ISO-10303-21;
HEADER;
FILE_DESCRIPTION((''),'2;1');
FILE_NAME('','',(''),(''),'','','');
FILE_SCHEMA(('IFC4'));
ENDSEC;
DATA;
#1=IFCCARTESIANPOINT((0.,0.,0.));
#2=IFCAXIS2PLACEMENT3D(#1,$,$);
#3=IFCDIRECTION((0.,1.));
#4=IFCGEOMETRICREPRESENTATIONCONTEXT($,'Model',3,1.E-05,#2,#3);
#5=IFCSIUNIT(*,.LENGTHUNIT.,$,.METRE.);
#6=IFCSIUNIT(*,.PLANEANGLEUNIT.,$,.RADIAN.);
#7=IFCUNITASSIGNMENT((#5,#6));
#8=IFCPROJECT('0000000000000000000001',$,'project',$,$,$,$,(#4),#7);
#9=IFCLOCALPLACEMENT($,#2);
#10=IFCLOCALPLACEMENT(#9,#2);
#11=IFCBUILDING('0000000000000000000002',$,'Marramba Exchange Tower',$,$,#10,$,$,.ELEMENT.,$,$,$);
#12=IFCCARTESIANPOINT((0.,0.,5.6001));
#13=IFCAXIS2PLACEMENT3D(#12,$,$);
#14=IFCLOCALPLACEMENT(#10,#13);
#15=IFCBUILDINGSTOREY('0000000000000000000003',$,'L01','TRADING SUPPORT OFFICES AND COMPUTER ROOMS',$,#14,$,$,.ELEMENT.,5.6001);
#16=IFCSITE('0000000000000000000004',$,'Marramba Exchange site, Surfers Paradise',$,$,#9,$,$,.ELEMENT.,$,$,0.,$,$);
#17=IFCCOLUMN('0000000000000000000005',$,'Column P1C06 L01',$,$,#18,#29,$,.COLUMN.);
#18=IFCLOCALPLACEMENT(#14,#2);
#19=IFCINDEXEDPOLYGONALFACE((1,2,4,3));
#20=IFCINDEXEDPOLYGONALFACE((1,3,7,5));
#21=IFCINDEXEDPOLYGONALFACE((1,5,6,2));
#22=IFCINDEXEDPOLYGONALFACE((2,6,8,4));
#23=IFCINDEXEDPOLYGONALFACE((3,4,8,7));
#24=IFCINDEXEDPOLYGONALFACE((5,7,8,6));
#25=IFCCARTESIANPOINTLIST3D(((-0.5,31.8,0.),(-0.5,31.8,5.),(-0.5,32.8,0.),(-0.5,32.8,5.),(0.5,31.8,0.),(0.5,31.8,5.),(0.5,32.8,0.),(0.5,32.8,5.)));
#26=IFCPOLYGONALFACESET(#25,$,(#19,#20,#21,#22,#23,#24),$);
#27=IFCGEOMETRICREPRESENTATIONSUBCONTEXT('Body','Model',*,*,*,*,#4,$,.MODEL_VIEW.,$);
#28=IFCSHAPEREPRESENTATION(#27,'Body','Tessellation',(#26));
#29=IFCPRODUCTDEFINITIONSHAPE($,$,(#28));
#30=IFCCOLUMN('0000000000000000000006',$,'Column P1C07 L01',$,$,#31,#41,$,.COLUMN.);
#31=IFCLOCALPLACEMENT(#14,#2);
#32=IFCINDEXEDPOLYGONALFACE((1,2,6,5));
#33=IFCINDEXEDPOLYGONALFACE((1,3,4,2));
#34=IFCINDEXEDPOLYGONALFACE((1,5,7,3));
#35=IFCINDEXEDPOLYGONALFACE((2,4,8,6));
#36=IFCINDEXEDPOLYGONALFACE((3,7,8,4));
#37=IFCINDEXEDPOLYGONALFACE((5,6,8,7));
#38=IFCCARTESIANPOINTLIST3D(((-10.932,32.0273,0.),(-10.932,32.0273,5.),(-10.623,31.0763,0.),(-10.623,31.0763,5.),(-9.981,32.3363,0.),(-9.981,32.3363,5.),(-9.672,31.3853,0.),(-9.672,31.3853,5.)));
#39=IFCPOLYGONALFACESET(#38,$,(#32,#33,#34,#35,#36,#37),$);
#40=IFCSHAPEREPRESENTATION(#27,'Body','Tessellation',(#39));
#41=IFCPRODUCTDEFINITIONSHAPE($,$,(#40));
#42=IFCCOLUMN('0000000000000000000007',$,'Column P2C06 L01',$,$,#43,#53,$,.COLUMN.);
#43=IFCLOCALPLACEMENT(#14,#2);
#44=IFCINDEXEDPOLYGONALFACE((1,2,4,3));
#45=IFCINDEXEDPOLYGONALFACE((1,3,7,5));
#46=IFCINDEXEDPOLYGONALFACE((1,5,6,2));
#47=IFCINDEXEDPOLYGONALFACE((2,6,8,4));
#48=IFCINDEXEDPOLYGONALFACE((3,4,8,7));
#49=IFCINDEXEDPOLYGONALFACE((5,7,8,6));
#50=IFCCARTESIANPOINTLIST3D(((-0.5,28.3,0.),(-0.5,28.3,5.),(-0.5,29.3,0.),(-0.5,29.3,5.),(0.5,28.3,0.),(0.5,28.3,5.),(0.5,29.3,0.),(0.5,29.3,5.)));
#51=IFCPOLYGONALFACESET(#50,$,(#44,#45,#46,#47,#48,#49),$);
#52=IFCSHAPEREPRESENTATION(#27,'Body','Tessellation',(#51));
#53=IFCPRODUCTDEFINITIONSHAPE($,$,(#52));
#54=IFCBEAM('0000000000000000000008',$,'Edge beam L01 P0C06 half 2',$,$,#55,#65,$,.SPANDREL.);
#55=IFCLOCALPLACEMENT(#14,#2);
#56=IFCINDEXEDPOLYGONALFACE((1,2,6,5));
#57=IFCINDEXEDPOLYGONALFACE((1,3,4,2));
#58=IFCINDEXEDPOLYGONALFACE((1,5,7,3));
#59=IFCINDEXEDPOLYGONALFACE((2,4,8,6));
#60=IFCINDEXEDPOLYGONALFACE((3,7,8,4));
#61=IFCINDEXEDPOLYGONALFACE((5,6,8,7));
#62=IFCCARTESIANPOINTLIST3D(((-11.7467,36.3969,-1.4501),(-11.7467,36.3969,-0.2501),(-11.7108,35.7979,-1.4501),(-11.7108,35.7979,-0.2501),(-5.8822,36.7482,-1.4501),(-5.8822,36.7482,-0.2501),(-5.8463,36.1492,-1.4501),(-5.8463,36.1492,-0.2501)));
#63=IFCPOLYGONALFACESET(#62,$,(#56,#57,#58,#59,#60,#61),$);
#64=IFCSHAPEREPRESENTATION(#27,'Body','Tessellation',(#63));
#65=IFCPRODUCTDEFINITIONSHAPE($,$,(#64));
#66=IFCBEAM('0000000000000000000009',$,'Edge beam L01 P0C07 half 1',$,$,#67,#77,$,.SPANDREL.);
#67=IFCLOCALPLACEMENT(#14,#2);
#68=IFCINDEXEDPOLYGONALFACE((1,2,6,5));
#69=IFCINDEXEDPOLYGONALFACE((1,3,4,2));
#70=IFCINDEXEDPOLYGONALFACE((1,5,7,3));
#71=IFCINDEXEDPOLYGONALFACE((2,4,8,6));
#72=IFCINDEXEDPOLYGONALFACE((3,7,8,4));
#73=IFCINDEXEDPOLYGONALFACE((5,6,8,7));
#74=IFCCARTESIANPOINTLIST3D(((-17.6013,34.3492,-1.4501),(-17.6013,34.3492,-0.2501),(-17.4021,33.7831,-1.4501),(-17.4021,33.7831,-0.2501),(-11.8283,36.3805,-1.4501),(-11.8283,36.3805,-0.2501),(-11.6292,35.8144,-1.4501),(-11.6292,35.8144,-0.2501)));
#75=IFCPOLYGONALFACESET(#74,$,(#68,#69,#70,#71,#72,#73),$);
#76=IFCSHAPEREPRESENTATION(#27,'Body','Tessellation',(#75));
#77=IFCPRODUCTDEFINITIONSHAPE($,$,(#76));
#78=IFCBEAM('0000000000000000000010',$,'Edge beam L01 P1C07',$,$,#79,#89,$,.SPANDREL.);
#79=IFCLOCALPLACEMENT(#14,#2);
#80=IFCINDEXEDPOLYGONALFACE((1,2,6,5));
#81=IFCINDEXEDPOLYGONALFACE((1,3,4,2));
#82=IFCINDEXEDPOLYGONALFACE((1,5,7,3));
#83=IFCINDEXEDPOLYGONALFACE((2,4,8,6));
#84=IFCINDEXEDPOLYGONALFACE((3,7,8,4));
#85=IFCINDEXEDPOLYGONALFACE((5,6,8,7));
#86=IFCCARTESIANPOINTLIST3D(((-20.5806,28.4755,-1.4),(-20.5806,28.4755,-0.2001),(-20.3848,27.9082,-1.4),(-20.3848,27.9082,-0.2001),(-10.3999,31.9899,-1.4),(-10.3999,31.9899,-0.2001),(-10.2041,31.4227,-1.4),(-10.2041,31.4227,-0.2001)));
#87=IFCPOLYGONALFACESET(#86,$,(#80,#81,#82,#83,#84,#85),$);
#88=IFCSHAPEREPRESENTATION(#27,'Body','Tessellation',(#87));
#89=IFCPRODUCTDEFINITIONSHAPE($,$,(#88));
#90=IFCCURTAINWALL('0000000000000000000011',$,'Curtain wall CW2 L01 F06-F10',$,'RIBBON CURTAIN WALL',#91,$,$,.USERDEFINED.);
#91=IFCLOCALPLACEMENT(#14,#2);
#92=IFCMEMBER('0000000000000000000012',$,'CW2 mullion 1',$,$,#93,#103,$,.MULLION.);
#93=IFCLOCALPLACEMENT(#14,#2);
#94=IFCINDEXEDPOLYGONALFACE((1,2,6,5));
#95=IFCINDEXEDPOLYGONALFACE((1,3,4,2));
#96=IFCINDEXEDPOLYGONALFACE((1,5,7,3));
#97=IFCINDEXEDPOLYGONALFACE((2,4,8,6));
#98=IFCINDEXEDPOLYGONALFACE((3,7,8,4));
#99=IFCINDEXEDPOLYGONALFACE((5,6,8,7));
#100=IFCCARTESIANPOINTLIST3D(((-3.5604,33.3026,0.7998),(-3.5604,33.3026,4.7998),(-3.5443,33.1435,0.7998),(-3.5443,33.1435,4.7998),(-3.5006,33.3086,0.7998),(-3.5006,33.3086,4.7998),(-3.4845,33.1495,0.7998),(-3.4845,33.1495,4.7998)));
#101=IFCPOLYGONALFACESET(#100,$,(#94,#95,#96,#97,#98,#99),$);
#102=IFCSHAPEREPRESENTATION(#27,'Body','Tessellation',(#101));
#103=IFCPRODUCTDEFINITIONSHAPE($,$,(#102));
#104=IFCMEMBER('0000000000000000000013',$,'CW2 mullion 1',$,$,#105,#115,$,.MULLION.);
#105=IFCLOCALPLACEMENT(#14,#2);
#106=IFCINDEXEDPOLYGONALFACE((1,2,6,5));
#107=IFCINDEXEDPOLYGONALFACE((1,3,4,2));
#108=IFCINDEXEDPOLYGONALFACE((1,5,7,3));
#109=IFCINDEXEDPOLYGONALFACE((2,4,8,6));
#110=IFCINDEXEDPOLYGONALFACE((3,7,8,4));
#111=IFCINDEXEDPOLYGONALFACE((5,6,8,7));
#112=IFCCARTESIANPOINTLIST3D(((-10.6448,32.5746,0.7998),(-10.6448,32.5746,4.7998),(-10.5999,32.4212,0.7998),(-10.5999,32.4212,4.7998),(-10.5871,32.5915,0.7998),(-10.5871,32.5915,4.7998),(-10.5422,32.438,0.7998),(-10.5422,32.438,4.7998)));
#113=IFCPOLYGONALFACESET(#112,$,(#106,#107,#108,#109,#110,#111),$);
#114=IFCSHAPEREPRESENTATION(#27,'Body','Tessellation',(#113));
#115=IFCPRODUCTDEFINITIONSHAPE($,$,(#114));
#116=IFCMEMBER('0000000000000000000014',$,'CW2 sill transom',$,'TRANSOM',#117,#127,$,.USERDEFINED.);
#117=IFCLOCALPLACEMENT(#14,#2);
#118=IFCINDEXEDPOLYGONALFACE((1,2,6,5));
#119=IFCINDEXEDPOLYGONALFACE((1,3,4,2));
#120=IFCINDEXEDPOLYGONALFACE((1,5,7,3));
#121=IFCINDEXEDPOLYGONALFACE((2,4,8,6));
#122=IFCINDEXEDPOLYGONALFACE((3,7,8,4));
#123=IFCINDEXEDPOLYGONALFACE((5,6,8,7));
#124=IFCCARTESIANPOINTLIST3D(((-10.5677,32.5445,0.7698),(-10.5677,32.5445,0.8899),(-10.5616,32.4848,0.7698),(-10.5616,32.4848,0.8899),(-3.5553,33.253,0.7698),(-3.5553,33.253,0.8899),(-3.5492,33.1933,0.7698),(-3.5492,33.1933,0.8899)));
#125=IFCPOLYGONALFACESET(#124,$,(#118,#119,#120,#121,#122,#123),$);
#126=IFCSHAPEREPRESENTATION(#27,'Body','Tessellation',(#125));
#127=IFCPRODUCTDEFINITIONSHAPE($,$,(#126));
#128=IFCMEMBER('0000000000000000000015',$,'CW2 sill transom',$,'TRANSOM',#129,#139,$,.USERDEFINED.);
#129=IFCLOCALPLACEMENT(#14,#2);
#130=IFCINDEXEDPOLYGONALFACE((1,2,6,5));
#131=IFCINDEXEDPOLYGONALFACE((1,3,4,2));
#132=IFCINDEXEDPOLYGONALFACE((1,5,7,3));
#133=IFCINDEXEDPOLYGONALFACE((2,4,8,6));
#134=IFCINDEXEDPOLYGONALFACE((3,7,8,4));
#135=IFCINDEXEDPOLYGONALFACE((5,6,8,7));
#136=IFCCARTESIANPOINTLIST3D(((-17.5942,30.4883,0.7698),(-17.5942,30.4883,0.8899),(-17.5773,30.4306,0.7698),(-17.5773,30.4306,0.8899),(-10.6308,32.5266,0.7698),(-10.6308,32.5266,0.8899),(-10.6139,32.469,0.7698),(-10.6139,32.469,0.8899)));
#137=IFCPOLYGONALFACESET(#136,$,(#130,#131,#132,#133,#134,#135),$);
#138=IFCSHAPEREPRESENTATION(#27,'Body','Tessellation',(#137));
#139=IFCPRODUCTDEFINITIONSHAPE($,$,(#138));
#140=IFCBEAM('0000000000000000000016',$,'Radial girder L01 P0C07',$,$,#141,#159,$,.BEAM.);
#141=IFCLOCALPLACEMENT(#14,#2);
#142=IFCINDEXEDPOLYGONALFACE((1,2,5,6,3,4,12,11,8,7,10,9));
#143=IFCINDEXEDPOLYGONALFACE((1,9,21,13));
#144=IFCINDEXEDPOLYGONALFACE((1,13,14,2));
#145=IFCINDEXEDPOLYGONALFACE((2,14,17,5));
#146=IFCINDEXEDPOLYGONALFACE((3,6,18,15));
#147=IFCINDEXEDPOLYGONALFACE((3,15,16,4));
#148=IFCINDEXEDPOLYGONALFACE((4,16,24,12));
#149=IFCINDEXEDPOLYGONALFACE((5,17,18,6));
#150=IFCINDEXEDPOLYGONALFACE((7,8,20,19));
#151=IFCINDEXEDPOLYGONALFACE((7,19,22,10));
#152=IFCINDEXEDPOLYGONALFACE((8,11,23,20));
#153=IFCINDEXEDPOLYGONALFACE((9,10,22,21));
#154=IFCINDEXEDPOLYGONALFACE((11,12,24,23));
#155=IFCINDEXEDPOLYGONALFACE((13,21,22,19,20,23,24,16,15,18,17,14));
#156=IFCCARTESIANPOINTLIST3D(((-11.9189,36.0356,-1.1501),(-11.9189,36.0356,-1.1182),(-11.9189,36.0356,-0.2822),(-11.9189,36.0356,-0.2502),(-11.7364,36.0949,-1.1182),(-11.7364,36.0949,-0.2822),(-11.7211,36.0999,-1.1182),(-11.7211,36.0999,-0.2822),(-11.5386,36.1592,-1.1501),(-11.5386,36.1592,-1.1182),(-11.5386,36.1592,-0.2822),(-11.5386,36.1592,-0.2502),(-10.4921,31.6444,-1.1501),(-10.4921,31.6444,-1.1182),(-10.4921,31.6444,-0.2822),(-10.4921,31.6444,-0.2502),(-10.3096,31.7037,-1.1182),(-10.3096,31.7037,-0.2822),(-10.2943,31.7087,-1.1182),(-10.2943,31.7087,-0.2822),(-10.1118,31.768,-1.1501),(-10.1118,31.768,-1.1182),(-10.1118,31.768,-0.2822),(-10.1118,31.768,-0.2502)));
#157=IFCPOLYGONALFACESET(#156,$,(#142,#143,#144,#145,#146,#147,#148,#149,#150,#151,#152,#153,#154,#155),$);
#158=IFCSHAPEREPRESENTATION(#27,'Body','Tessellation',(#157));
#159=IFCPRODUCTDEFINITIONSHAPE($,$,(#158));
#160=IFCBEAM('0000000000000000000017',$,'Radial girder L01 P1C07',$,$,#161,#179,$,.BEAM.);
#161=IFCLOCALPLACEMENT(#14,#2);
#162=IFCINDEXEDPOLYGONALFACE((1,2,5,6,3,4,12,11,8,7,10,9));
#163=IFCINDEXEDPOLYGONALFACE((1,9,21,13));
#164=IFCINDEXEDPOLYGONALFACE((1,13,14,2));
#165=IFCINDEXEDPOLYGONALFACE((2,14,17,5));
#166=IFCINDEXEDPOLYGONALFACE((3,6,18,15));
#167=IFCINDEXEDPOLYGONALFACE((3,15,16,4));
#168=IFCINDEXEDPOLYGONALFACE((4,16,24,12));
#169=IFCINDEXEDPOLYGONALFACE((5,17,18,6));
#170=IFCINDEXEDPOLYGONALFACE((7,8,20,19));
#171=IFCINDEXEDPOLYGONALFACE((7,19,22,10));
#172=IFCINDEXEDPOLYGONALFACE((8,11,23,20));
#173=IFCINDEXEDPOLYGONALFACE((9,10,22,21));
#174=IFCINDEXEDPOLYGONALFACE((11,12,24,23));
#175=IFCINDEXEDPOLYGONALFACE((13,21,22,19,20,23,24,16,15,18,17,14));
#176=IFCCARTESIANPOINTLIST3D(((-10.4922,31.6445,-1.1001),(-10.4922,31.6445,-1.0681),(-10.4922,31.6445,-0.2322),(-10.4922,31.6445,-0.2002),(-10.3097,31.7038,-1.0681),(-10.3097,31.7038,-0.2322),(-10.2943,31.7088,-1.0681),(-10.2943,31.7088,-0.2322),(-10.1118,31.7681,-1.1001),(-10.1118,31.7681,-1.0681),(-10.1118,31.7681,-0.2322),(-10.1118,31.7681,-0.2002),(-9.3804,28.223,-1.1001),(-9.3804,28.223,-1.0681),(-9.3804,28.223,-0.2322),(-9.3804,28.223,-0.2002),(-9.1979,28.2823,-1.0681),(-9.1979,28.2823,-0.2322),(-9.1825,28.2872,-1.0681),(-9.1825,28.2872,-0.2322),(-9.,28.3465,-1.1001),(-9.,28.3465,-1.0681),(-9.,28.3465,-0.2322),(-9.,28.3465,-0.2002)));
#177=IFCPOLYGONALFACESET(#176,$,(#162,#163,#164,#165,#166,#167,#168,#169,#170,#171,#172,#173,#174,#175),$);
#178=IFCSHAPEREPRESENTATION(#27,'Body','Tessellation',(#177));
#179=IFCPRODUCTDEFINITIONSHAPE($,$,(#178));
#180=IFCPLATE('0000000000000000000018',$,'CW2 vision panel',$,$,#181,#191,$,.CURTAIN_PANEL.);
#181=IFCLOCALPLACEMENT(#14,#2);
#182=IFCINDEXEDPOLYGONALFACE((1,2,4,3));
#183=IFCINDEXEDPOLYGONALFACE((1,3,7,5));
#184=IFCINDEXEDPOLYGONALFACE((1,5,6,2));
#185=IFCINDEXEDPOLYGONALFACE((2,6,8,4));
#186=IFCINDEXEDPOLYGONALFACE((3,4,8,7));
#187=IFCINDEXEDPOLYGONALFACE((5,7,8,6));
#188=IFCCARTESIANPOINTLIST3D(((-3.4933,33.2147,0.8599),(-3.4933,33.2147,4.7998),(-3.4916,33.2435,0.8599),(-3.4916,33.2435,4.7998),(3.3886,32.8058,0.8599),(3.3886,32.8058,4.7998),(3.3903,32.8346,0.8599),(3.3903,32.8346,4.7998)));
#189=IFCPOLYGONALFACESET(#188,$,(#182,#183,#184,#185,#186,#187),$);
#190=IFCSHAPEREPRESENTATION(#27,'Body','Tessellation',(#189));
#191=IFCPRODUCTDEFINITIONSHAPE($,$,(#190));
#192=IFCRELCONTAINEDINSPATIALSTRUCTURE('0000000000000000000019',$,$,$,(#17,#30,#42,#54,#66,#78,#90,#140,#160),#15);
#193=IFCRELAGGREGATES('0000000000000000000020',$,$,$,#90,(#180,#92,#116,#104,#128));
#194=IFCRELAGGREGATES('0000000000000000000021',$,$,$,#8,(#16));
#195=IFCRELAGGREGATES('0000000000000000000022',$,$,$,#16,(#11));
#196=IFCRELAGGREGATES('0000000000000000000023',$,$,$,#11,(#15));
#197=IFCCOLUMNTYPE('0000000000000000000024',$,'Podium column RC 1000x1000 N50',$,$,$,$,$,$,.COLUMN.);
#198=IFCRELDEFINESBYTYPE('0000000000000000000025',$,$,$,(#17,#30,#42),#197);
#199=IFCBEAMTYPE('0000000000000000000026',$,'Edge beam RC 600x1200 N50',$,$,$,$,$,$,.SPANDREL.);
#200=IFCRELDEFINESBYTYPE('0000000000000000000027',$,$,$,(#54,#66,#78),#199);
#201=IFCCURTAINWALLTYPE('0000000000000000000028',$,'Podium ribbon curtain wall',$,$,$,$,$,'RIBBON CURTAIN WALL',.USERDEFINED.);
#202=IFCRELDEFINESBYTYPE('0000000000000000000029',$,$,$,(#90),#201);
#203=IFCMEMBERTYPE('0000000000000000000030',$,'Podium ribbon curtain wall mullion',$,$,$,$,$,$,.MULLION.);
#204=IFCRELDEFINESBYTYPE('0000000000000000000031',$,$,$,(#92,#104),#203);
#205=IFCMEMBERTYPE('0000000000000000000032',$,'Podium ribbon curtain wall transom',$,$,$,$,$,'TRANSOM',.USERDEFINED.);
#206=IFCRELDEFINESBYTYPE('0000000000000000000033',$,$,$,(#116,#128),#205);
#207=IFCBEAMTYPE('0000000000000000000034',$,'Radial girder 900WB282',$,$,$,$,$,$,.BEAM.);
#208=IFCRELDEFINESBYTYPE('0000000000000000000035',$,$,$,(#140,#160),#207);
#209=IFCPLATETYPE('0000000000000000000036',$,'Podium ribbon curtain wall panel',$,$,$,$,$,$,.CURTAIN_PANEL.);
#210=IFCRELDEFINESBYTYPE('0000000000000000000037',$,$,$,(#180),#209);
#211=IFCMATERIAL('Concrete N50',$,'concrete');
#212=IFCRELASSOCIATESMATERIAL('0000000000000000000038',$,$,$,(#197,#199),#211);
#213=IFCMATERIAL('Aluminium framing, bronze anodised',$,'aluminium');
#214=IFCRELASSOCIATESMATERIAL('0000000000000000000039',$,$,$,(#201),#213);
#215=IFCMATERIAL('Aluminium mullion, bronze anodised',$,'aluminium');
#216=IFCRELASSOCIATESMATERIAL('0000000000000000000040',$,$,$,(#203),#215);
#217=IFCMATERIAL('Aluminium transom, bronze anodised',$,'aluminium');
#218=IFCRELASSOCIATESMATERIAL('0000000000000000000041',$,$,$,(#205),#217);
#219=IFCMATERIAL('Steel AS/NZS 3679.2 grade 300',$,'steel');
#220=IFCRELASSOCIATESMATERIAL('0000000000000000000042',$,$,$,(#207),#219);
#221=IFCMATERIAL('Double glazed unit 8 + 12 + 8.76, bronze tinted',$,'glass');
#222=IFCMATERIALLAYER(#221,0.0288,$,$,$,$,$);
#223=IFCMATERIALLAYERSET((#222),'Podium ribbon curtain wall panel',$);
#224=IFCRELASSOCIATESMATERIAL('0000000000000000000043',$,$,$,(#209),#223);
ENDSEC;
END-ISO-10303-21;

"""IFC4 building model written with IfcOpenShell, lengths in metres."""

from ifc_helpers import new_model, si_unit, direction, frame, origin, origin_2d, place, context, subcontext, project, spatial, rectangle, i_section, extrude, material, layer, layer_set, material_profile, profile_set, type_object, element, aggregate, save


model = new_model("IFC4")

# Units and contexts
model_context = context("Model", 3, precision=1e-05, world=origin(), true_north=direction((0.0, 1.0)))
body_context = subcontext(model_context, "Body", "Model", "MODEL_VIEW")
ifc_project = project(units=[si_unit("LENGTHUNIT", "METRE"), si_unit("PLANEANGLEUNIT", "RADIAN")], contexts=[model_context])

# Site, building, storey
site_placement = place(None, origin())
site = spatial("IfcSite", under=ifc_project, at=site_placement, Name="Marramba Exchange site, Surfers Paradise", CompositionType="ELEMENT", RefElevation=0.0)
building_placement = place(site_placement, origin())
building = spatial("IfcBuilding", under=site, at=building_placement, Name="Marramba Exchange Tower", CompositionType="ELEMENT")
storey_placement = place(building_placement, frame((0.0, 0.0, 5.6001)))
storey = spatial("IfcBuildingStorey", under=building, at=storey_placement, Name="L01", Description="TRADING SUPPORT OFFICES AND COMPUTER ROOMS", CompositionType="ELEMENT", Elevation=5.6001)

# Columns
ifc_material_1 = material(Name="Concrete N50", Category="concrete")
ifc_material_profile_1 = material_profile(ifc_material_1, rectangle(XDim=1.0, YDim=1.0, at=origin_2d()), Name="RC 1000x1000")
ifc_profile_set_1 = profile_set([ifc_material_profile_1], Name="Concrete N50")
column_type = type_object("IfcColumnType", Name="Podium column RC 1000x1000 N50", PredefinedType="COLUMN", material=ifc_profile_set_1)
for number, where, z_axis, x_axis, name in (
    (1, (0.0, 32.3, 0.0), (0.0, 0.0, 1.0), (0.0, 1.0, 0.0), "Column P1C06 L01"),
    (2, (-10.302, 31.7063, 0.0), (0.0, 0.0, 1.0), (-0.309017, 0.951057, 0.0), "Column P1C07 L01"),
    (3, (0.0, 28.8, 0.0), (0.0, 0.0, 1.0), (0.0, 1.0, 0.0), "Column P2C06 L01"),
):
    element("IfcColumn", number, at=place(storey_placement, frame(where, z_axis=z_axis, x_axis=x_axis)), inside=storey, type_object=column_type, Name=name, PredefinedType="COLUMN", context=body_context, shape_type="SweptSolid", body=[
        extrude(rectangle(XDim=1.0, YDim=1.0, at=origin_2d()), origin(), (0.0, 0.0, 1.0), 5.0),
    ])

# Beams
ifc_material_profile_2 = material_profile(ifc_material_1, rectangle(XDim=0.6001, YDim=1.2, at=origin_2d()), Name="RC 600x1200")
ifc_profile_set_2 = profile_set([ifc_material_profile_2], Name="Concrete N50")
beam_type_1 = type_object("IfcBeamType", Name="Edge beam RC 600x1200 N50", PredefinedType="SPANDREL", material=ifc_profile_set_2)
beam_1_placement = place(storey_placement, frame((-5.8643, 36.4487, -0.8501), z_axis=(-0.99821, -0.059799, 0.0), x_axis=(0.059799, -0.99821, 0.0)))
element("IfcBeam", 4, at=beam_1_placement, inside=storey, type_object=beam_type_1, Name="Edge beam L01 P0C06 half 2", PredefinedType="SPANDREL", context=body_context, shape_type="SweptSolid", body=[
    extrude(rectangle(XDim=0.6001, YDim=1.2, at=origin_2d()), origin(), (0.0, 0.0, 1.0), 5.875),
])
beam_2_placement = place(storey_placement, frame((-11.7288, 36.0974, -0.8501), z_axis=(-0.943311, -0.33191, 0.0), x_axis=(0.33191, -0.943311, 0.0)))
element("IfcBeam", 5, at=beam_2_placement, inside=storey, type_object=beam_type_1, Name="Edge beam L01 P0C07 half 1", PredefinedType="SPANDREL", context=body_context, shape_type="SweptSolid", body=[
    extrude(rectangle(XDim=0.6001, YDim=1.2, at=origin_2d()), origin(), (0.0, 0.0, 1.0), 6.1199),
])
beam_3_placement = place(storey_placement, frame((-10.302, 31.7063, -0.8), z_axis=(-0.945263, -0.326309, 0.0), x_axis=(0.326309, -0.945263, 0.0)))
element("IfcBeam", 6, at=beam_3_placement, inside=storey, type_object=beam_type_1, Name="Edge beam L01 P1C07", PredefinedType="SPANDREL", context=body_context, shape_type="SweptSolid", body=[
    extrude(rectangle(XDim=0.6001, YDim=1.2, at=origin_2d()), origin(), (0.0, 0.0, 1.0), 10.7703),
])

# Curtain wall, members
ifc_material_2 = material(Name="Aluminium framing, bronze anodised", Category="aluminium")
curtain_wall_type = type_object("IfcCurtainWallType", Name="Podium ribbon curtain wall", ElementType="RIBBON CURTAIN WALL", PredefinedType="USERDEFINED", material=ifc_material_2)
curtain_wall_placement = place(storey_placement, origin())
curtain_wall = element("IfcCurtainWall", 7, at=curtain_wall_placement, inside=storey, type_object=curtain_wall_type, Name="Curtain wall CW2 L01 F06-F10", ObjectType="RIBBON CURTAIN WALL", PredefinedType="USERDEFINED")
ifc_material_3 = material(Name="Aluminium mullion, bronze anodised", Category="aluminium")
ifc_material_profile_3 = material_profile(ifc_material_3, rectangle(XDim=0.1599, YDim=0.0601, at=origin_2d()), Name="CW2 mullion 60x160")
ifc_profile_set_3 = profile_set([ifc_material_profile_3], Name="Aluminium mullion, bronze anodised")
member_type_1 = type_object("IfcMemberType", Name="Podium ribbon curtain wall mullion", PredefinedType="MULLION", material=ifc_profile_set_3)
member_1_placement = place(storey_placement, frame((-3.5225, 33.2261, 0.7998), z_axis=(0.0, 0.0, 1.0), x_axis=(0.100506, -0.994936, 0.0)))
member_1 = element("IfcMember", 8, at=member_1_placement, type_object=member_type_1, Name="CW2 mullion 1", PredefinedType="MULLION", context=body_context, shape_type="SweptSolid", body=[
    extrude(rectangle(XDim=0.1599, YDim=0.0601, at=origin_2d()), origin(), (0.0, 0.0, 1.0), 4.0),
])
member_2_placement = place(storey_placement, frame((-10.5935, 32.5063, 0.7998), z_axis=(0.0, 0.0, 1.0), x_axis=(0.28094, -0.959725, 0.0)))
member_2 = element("IfcMember", 9, at=member_2_placement, type_object=member_type_1, Name="CW2 mullion 1", PredefinedType="MULLION", context=body_context, shape_type="SweptSolid", body=[
    extrude(rectangle(XDim=0.1599, YDim=0.0601, at=origin_2d()), origin(), (0.0, 0.0, 1.0), 4.0),
])
ifc_material_4 = material(Name="Aluminium transom, bronze anodised", Category="aluminium")
ifc_material_profile_4 = material_profile(ifc_material_4, rectangle(XDim=0.0601, YDim=0.1201, at=origin_2d()), Name="CW2 transom 60x120")
ifc_profile_set_4 = profile_set([ifc_material_profile_4], Name="Aluminium transom, bronze anodised")
member_type_2 = type_object("IfcMemberType", Name="Podium ribbon curtain wall transom", ElementType="TRANSOM", PredefinedType="USERDEFINED", material=ifc_profile_set_4)
member_3_placement = place(storey_placement, frame((-3.5522, 33.2231, 0.8298), z_axis=(-0.994935, -0.100522, 0.0), x_axis=(0.100522, -0.994935, 0.0)))
member_3 = element("IfcMember", 10, at=member_3_placement, type_object=member_type_2, Name="CW2 sill transom", ObjectType="TRANSOM", PredefinedType="USERDEFINED", context=body_context, shape_type="SweptSolid", body=[
    extrude(rectangle(XDim=0.0601, YDim=0.1201, at=origin_2d()), origin(), (0.0, 0.0, 1.0), 7.0481),
])
member_4_placement = place(storey_placement, frame((-10.6223, 32.4978, 0.8298), z_axis=(-0.959727, -0.280933, 0.0), x_axis=(0.280933, -0.959727, 0.0)))
member_4 = element("IfcMember", 11, at=member_4_placement, type_object=member_type_2, Name="CW2 sill transom", ObjectType="TRANSOM", PredefinedType="USERDEFINED", context=body_context, shape_type="SweptSolid", body=[
    extrude(rectangle(XDim=0.0601, YDim=0.1201, at=origin_2d()), origin(), (0.0, 0.0, 1.0), 7.2556),
])

# Beams
ifc_material_5 = material(Name="Steel AS/NZS 3679.2 grade 300", Category="steel")
ifc_material_profile_5 = material_profile(ifc_material_5, i_section(OverallWidth=0.3999, OverallDepth=0.8999, WebThickness=0.0161, FlangeThickness=0.032, at=origin_2d()), Name="900WB282")
ifc_profile_set_5 = profile_set([ifc_material_profile_5], Name="Steel AS/NZS 3679.2 grade 300")
beam_type_2 = type_object("IfcBeamType", Name="Radial girder 900WB282", PredefinedType="BEAM", material=ifc_profile_set_5)
beam_4_placement = place(storey_placement, frame((-11.7288, 36.0974, -0.7002), z_axis=(0.309017, -0.951057, 0.0), x_axis=(0.951057, 0.309017, 0.0)))
element("IfcBeam", 12, at=beam_4_placement, inside=storey, type_object=beam_type_2, Name="Radial girder L01 P0C07", PredefinedType="BEAM", context=body_context, shape_type="SweptSolid", body=[
    extrude(i_section(OverallWidth=0.3999, OverallDepth=0.8999, WebThickness=0.0161, FlangeThickness=0.032, at=origin_2d()), origin(), (0.0, 0.0, 1.0), 4.6172),
])
beam_5_placement = place(storey_placement, frame((-10.302, 31.7063, -0.6501), z_axis=(0.309032, -0.951052, 0.0), x_axis=(0.951052, 0.309032, 0.0)))
element("IfcBeam", 13, at=beam_5_placement, inside=storey, type_object=beam_type_2, Name="Radial girder L01 P1C07", PredefinedType="BEAM", context=body_context, shape_type="SweptSolid", body=[
    extrude(i_section(OverallWidth=0.3999, OverallDepth=0.8999, WebThickness=0.0161, FlangeThickness=0.032, at=origin_2d()), origin(), (0.0, 0.0, 1.0), 3.5977),
])

# Plate
ifc_material_6 = material(Name="Double glazed unit 8 + 12 + 8.76, bronze tinted", Category="glass")
ifc_layer_1 = layer(ifc_material_6, 0.0288)
ifc_layer_set_1 = layer_set([ifc_layer_1], Name="Podium ribbon curtain wall panel")
plate_type = type_object("IfcPlateType", Name="Podium ribbon curtain wall panel", PredefinedType="CURTAIN_PANEL", material=ifc_layer_set_1)
plate_1_placement = place(storey_placement, frame((-0.0515, 33.0247, 0.8599), z_axis=(0.0, 0.0, 1.0), x_axis=(-0.998239, 0.059317, 0.0)))
plate_1 = element("IfcPlate", 14, at=plate_1_placement, type_object=plate_type, Name="CW2 vision panel", PredefinedType="CURTAIN_PANEL", context=body_context, shape_type="SweptSolid", body=[
    extrude(rectangle(XDim=6.894, YDim=0.0288, at=origin_2d()), origin(), (0.0, 0.0, 1.0), 3.9399),
])
aggregate(curtain_wall, [plate_1, member_1, member_3, member_2, member_4])

save(model, "model.ifc")
